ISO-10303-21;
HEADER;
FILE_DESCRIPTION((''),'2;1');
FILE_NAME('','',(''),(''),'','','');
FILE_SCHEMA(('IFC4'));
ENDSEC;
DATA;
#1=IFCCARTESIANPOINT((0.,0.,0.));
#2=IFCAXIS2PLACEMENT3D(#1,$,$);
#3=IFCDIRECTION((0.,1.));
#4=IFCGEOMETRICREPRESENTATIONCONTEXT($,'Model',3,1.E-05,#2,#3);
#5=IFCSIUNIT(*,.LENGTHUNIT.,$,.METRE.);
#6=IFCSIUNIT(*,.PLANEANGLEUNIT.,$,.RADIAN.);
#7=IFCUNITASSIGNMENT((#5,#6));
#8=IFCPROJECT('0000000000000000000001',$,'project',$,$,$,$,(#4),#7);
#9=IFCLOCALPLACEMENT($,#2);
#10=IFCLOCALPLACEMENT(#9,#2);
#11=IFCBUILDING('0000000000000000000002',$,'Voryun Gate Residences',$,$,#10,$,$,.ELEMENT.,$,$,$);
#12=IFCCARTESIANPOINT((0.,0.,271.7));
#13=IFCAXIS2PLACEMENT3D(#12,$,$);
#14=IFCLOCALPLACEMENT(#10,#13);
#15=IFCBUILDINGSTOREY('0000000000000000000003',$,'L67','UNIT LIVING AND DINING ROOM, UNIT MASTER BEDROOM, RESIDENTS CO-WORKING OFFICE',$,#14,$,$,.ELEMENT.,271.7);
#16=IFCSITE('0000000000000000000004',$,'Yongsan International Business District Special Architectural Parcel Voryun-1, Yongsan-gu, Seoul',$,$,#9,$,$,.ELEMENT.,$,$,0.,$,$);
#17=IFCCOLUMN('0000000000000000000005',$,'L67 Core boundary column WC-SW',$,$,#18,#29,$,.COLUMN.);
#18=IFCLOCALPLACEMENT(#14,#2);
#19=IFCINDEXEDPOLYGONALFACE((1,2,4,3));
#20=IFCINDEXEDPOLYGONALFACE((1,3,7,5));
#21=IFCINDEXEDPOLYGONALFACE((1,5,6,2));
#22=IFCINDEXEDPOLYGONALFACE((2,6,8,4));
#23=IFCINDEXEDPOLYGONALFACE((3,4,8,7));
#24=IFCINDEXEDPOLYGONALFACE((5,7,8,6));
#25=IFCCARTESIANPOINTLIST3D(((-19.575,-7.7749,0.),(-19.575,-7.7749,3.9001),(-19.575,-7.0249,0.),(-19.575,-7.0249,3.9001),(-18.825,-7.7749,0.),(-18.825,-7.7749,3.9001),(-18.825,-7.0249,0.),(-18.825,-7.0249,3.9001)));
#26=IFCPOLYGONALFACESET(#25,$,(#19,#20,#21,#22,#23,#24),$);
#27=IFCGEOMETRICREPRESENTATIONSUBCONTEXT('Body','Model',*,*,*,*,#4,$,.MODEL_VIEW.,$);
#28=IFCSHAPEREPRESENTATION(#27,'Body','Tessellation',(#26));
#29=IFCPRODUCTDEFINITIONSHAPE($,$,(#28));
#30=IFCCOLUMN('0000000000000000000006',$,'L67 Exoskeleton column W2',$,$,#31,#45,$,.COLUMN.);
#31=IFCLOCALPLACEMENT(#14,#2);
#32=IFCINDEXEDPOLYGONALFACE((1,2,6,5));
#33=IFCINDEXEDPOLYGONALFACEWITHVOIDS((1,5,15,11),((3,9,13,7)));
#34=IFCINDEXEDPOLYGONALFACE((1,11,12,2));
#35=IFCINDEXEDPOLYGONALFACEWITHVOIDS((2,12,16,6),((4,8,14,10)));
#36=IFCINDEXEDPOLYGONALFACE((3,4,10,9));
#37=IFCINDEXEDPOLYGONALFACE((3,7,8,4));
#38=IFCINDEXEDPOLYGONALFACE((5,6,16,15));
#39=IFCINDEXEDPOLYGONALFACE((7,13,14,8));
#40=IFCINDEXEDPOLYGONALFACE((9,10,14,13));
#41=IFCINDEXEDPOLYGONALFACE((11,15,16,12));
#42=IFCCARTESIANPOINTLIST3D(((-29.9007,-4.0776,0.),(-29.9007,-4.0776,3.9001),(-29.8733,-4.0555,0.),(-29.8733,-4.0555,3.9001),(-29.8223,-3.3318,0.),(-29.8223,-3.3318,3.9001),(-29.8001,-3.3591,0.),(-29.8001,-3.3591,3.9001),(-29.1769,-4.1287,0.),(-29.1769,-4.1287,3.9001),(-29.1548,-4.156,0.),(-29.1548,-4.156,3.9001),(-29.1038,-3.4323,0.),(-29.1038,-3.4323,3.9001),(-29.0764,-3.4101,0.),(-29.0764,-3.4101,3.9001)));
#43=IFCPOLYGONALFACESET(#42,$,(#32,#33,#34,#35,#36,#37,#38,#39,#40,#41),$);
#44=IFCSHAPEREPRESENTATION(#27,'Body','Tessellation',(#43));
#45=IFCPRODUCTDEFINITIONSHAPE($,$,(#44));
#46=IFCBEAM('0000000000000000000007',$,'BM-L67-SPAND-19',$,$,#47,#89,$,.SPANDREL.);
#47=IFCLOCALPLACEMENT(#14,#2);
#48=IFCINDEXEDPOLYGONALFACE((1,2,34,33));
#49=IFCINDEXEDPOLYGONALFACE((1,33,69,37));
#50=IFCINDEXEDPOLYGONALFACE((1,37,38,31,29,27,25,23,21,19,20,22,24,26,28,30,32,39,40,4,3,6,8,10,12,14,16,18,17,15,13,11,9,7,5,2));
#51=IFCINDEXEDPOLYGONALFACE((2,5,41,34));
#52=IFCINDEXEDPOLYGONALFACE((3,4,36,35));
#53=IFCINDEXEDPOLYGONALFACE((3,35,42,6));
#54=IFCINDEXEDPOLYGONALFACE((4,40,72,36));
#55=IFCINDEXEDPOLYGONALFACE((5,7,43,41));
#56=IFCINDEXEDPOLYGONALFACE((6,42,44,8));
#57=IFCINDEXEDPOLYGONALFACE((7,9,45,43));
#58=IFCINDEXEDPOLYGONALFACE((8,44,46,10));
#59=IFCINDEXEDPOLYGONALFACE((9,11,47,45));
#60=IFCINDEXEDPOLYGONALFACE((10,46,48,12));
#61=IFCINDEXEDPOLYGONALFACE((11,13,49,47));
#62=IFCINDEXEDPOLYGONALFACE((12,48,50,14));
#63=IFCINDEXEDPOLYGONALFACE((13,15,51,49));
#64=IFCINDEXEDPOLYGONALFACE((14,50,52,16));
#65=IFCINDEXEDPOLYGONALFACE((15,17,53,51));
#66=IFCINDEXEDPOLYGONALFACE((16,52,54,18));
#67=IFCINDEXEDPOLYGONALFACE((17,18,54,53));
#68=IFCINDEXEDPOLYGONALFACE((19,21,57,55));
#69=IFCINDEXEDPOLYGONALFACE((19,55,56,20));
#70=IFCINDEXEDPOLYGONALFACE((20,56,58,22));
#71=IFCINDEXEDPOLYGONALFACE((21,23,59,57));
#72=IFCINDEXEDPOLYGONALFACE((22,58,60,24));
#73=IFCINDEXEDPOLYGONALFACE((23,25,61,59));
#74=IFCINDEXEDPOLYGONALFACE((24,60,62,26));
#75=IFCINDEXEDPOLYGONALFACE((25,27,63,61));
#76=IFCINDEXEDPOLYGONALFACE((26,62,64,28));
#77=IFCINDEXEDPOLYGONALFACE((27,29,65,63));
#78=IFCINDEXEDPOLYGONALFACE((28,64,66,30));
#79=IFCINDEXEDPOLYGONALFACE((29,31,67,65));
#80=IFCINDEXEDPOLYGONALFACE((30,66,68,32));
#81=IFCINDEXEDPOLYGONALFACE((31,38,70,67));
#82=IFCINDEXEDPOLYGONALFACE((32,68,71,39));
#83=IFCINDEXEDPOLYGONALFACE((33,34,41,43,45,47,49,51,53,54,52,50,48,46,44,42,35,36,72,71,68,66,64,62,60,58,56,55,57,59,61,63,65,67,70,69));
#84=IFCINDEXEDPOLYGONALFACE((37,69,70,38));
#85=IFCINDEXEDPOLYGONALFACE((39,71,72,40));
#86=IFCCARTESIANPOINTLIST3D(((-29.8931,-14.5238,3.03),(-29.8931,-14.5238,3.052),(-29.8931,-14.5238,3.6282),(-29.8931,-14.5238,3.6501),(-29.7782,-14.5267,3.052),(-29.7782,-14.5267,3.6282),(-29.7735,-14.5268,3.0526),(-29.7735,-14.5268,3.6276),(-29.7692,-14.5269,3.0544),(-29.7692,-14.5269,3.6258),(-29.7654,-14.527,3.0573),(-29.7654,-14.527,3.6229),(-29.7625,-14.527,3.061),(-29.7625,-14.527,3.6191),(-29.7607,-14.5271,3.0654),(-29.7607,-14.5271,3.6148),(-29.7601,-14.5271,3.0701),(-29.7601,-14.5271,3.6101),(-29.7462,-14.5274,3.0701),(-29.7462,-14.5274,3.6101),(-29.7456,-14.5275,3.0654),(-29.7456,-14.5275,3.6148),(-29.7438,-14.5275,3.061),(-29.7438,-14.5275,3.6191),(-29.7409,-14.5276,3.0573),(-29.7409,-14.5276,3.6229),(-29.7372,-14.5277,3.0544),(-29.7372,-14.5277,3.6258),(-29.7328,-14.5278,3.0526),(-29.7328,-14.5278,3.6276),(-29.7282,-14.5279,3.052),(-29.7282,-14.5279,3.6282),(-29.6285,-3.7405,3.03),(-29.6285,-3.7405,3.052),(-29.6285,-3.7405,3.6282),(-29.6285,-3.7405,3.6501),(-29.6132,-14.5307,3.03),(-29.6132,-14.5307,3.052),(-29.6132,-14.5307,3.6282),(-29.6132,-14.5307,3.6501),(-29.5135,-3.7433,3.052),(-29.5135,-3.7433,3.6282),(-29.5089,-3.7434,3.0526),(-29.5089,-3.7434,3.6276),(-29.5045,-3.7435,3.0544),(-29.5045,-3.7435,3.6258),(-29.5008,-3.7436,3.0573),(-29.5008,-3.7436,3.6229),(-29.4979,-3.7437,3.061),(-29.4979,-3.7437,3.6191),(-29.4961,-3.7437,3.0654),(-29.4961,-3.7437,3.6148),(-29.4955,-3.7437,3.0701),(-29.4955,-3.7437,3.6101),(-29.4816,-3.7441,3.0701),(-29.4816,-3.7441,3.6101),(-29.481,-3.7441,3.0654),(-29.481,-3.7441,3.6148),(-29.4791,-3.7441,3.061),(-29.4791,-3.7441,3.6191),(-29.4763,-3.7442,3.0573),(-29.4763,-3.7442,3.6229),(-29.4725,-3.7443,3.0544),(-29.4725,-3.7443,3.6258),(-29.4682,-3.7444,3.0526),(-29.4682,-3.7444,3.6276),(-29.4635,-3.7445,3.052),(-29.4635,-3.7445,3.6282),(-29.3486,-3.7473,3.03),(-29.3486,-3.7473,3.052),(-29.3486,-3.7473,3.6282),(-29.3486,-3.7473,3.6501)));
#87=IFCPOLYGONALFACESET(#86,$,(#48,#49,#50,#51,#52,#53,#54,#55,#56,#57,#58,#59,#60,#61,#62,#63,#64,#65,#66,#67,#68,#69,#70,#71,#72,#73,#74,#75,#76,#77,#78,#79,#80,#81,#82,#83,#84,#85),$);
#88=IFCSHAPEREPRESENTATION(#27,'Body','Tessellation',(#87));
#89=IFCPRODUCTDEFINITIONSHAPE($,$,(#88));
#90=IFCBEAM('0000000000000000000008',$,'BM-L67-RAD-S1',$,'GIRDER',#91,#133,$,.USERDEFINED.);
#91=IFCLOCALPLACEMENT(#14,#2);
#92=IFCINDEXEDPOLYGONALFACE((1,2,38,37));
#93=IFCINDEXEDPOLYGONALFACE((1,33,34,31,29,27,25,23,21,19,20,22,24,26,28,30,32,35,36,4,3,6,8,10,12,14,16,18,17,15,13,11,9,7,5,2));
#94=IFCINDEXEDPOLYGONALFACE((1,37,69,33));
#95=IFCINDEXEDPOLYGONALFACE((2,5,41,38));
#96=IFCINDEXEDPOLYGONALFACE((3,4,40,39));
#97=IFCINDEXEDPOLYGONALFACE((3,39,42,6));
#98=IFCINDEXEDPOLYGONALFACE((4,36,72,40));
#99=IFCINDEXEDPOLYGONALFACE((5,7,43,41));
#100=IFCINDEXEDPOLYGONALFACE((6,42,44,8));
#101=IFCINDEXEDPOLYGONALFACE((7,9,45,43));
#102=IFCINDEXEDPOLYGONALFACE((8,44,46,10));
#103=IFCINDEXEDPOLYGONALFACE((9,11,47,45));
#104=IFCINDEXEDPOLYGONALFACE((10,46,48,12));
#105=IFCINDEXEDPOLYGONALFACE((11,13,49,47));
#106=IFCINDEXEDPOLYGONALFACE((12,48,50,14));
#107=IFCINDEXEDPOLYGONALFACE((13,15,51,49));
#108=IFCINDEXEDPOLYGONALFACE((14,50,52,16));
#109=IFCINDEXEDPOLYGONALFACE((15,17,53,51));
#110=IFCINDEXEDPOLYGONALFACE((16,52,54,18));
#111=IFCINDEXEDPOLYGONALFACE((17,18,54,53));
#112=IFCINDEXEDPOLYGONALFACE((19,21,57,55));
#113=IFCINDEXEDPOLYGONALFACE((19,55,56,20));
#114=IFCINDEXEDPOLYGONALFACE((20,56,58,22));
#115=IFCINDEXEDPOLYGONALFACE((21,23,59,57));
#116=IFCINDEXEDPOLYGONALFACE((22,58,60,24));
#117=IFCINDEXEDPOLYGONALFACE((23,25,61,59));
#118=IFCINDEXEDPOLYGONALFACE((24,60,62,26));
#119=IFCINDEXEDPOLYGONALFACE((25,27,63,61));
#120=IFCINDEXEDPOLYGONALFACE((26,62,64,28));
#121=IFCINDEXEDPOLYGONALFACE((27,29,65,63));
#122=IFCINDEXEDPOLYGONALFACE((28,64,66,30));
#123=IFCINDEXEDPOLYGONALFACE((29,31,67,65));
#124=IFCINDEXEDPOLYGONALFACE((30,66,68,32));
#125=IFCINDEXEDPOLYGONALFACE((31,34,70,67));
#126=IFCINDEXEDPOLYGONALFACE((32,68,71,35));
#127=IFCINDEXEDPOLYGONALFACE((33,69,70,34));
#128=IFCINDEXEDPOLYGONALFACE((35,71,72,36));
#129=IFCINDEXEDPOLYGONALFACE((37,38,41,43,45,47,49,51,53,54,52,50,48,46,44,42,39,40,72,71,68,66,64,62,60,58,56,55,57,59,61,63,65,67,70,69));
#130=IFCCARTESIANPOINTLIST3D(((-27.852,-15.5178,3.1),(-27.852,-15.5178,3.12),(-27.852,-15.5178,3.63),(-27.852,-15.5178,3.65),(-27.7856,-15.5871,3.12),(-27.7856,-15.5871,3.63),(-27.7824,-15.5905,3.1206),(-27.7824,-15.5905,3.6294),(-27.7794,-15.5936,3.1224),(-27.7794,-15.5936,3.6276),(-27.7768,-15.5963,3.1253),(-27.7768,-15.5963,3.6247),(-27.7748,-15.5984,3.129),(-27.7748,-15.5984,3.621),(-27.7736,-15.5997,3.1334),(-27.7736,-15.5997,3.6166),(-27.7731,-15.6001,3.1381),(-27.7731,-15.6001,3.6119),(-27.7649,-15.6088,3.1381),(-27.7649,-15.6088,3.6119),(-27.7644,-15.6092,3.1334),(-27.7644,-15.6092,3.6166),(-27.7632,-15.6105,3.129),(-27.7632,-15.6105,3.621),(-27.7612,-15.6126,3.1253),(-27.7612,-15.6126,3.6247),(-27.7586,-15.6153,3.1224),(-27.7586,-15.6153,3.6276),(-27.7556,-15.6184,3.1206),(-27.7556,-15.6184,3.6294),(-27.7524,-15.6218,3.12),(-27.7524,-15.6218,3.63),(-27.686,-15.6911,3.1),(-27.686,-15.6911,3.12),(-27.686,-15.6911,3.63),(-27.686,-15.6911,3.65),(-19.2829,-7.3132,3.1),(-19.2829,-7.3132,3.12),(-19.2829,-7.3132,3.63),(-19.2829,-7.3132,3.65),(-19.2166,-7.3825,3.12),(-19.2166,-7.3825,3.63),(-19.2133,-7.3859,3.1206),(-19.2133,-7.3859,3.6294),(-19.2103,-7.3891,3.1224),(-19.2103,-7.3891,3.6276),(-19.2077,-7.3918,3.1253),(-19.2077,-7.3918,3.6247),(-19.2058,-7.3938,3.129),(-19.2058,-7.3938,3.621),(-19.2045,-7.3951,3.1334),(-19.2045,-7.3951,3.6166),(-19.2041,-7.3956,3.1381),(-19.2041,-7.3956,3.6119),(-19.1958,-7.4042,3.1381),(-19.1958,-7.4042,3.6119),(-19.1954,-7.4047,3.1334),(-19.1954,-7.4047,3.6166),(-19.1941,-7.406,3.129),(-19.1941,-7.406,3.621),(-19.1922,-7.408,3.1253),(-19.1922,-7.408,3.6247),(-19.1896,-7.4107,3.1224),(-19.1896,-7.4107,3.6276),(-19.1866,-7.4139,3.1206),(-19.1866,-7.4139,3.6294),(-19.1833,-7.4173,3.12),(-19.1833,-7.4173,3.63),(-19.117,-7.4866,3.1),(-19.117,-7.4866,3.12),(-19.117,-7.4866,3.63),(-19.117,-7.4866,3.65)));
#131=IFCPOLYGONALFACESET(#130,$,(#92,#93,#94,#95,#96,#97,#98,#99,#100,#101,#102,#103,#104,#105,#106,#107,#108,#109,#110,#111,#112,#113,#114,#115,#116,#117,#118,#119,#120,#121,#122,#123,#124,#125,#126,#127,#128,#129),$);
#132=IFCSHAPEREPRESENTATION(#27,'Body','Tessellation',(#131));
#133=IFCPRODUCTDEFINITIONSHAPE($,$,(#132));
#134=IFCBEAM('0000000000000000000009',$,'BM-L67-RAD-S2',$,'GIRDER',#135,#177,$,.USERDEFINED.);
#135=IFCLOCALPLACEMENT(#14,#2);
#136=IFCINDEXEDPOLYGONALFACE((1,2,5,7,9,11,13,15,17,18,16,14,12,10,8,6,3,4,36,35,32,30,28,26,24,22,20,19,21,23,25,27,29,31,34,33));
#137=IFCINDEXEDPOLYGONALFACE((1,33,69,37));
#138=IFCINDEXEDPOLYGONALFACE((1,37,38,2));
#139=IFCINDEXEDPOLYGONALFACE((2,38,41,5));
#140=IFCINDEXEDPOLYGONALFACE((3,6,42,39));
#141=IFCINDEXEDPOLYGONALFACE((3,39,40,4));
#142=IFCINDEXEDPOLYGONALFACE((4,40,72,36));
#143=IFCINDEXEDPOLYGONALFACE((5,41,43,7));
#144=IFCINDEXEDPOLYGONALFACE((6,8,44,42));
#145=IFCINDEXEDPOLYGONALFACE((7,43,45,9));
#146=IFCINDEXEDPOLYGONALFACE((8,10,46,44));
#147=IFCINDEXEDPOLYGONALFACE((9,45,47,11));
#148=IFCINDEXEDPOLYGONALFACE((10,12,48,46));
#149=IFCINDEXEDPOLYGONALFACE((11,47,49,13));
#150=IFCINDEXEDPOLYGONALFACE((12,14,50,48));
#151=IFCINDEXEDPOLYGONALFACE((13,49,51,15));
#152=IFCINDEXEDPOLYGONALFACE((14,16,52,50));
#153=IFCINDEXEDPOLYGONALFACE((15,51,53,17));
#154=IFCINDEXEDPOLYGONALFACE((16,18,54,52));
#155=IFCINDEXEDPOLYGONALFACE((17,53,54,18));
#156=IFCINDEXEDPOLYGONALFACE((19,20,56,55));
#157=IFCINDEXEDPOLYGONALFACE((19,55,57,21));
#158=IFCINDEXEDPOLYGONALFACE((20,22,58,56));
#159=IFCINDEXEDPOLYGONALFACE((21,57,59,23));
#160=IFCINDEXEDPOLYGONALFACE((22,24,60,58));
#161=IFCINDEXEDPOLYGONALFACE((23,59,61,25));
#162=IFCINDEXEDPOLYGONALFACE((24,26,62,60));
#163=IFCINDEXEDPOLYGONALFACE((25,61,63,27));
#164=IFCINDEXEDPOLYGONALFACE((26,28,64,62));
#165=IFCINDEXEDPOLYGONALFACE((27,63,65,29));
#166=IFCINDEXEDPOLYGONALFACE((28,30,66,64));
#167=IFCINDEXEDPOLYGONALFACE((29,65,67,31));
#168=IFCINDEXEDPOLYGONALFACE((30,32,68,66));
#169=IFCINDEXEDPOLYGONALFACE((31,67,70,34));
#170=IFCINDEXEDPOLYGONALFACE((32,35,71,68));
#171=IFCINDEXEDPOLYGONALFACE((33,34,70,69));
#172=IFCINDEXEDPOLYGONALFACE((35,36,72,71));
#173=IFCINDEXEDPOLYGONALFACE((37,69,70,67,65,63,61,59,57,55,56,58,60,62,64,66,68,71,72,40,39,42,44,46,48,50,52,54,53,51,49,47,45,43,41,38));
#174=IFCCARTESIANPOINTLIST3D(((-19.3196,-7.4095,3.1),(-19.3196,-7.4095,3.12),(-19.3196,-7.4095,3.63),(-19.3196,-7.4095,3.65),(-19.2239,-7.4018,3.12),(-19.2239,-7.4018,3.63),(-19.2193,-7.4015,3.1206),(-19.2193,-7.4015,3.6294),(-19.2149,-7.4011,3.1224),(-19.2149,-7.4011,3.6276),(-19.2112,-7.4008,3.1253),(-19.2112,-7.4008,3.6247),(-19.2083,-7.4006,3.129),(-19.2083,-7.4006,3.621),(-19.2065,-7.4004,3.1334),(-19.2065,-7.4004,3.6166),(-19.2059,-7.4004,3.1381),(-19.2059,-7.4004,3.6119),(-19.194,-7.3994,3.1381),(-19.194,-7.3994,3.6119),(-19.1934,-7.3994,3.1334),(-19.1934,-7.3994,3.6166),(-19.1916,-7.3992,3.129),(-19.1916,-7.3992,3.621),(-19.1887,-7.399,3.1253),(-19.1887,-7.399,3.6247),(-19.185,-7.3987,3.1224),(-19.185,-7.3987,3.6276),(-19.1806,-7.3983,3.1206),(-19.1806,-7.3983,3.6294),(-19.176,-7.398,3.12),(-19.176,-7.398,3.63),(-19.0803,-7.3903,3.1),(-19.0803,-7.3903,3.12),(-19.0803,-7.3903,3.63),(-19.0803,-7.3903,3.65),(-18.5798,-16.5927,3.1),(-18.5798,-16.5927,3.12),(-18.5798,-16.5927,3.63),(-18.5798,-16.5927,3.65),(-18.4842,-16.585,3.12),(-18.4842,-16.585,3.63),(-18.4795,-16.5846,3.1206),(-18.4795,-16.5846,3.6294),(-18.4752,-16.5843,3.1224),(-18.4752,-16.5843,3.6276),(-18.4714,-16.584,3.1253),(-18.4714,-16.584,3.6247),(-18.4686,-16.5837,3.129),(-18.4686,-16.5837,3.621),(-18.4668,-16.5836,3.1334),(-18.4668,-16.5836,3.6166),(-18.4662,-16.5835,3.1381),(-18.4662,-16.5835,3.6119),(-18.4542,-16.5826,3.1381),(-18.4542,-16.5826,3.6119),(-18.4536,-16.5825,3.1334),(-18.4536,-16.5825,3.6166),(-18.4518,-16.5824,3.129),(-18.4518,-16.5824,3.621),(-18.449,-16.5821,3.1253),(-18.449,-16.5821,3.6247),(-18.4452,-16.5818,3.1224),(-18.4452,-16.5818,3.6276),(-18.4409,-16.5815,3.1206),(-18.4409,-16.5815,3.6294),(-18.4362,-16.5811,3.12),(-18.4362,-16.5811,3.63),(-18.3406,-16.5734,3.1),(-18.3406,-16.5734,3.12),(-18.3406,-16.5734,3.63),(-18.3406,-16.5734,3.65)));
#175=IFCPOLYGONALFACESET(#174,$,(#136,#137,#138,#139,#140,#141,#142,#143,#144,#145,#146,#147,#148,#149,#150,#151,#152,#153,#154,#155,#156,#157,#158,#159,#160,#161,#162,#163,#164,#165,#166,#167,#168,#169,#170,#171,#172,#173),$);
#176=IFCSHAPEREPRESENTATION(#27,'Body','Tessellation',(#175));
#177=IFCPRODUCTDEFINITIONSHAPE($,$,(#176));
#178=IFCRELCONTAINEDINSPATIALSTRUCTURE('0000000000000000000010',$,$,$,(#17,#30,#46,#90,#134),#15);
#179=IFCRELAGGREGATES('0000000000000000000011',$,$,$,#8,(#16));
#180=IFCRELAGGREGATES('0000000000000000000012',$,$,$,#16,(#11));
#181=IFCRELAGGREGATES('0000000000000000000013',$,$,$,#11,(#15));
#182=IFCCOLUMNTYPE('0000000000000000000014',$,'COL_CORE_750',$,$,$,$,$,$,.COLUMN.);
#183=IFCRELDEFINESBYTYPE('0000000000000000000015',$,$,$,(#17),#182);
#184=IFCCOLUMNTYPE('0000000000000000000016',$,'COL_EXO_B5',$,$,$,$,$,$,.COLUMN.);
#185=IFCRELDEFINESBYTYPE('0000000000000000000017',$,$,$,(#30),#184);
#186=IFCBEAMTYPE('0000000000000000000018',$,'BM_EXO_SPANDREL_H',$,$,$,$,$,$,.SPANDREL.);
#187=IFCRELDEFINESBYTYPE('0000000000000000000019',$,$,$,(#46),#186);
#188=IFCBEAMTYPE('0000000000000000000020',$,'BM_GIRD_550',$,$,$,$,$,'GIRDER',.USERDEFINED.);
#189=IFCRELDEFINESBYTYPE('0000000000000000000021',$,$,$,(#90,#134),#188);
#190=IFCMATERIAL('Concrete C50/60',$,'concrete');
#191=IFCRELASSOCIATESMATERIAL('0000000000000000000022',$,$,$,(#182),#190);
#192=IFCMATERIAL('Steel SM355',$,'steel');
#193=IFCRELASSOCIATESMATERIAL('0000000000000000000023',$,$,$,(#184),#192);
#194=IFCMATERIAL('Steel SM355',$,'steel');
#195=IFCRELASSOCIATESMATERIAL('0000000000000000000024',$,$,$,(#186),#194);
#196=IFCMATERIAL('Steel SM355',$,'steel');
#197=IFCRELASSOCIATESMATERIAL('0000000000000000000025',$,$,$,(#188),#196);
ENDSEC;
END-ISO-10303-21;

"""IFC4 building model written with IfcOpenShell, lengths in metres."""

from ifc_helpers import new_model, si_unit, direction, frame, origin, origin_2d, place, context, subcontext, project, spatial, rectangle, hollow_rectangle, i_section, extrude, material, material_profile, profile_set, type_object, element, save


model = new_model("IFC4")

# Units and contexts
model_context = context("Model", 3, precision=1e-05, world=origin(), true_north=direction((0.0, 1.0)))
body_context = subcontext(model_context, "Body", "Model", "MODEL_VIEW")
ifc_project = project(units=[si_unit("LENGTHUNIT", "METRE"), si_unit("PLANEANGLEUNIT", "RADIAN")], contexts=[model_context])

# Site, building, storey
site_placement = place(None, origin())
site = spatial("IfcSite", under=ifc_project, at=site_placement, Name="Yongsan International Business District Special Architectural Parcel Voryun-1, Yongsan-gu, Seoul", CompositionType="ELEMENT", RefElevation=0.0)
building_placement = place(site_placement, origin())
building = spatial("IfcBuilding", under=site, at=building_placement, Name="Voryun Gate Residences", CompositionType="ELEMENT")
storey_placement = place(building_placement, frame((0.0, 0.0, 271.7)))
storey = spatial("IfcBuildingStorey", under=building, at=storey_placement, Name="L67", Description="UNIT LIVING AND DINING ROOM, UNIT MASTER BEDROOM, RESIDENTS CO-WORKING OFFICE", CompositionType="ELEMENT", Elevation=271.7)

# Columns
ifc_material_1 = material(Name="Concrete C50/60", Category="concrete")
ifc_material_profile_1 = material_profile(ifc_material_1, rectangle(XDim=0.75, YDim=0.75, at=origin_2d()), Name="RC-750x750")
ifc_profile_set_1 = profile_set([ifc_material_profile_1], Name="Concrete C50/60")
column_type_1 = type_object("IfcColumnType", Name="COL_CORE_750", PredefinedType="COLUMN", material=ifc_profile_set_1)
column_1_placement = place(storey_placement, frame((-19.2, -7.3999, 0.0), z_axis=(0.0, 0.0, 1.0), x_axis=(1.0, 0.0, 0.0)))
element("IfcColumn", 1, at=column_1_placement, inside=storey, type_object=column_type_1, Name="L67 Core boundary column WC-SW", PredefinedType="COLUMN", context=body_context, shape_type="SweptSolid", body=[
    extrude(rectangle(XDim=0.75, YDim=0.75, at=origin_2d()), origin(), (0.0, 0.0, 1.0), 3.9001),
])
ifc_material_2 = material(Name="Steel SM355", Category="steel")
ifc_material_profile_2 = material_profile(ifc_material_2, hollow_rectangle(XDim=0.75, YDim=0.75, WallThickness=0.0249, at=origin_2d()), Name="BOX-750x750x25")
ifc_profile_set_2 = profile_set([ifc_material_profile_2], Name="Steel SM355")
column_type_2 = type_object("IfcColumnType", Name="COL_EXO_B5", PredefinedType="COLUMN", material=ifc_profile_set_2)
column_2_placement = place(storey_placement, frame((-29.4885, -3.7439, 0.0), z_axis=(0.0, 0.0, 1.0), x_axis=(0.994522, -0.104528, 0.0)))
element("IfcColumn", 2, at=column_2_placement, inside=storey, type_object=column_type_2, Name="L67 Exoskeleton column W2", PredefinedType="COLUMN", context=body_context, shape_type="SweptSolid", body=[
    extrude(hollow_rectangle(XDim=0.75, YDim=0.75, WallThickness=0.0249, at=origin_2d()), origin(), (0.0, 0.0, 1.0), 3.9001),
])

# Beams
ifc_material_3 = material(Name="Steel SM355", Category="steel")
ifc_material_profile_3 = material_profile(ifc_material_3, i_section(OverallWidth=0.28, OverallDepth=0.6201, WebThickness=0.0139, FlangeThickness=0.022, FilletRadius=0.0181, at=origin_2d()), Name="H-620x280x14x22")
ifc_profile_set_3 = profile_set([ifc_material_profile_3], Name="Steel SM355")
beam_type_1 = type_object("IfcBeamType", Name="BM_EXO_SPANDREL_H", PredefinedType="SPANDREL", material=ifc_profile_set_3)
beam_1_placement = place(storey_placement, frame((-29.4885, -3.7439, 3.3401), z_axis=(-0.024535, -0.999699, 0.0), x_axis=(0.999699, -0.024535, 0.0)))
element("IfcBeam", 3, at=beam_1_placement, inside=storey, type_object=beam_type_1, Name="BM-L67-SPAND-19", PredefinedType="SPANDREL", context=body_context, shape_type="SweptSolid", body=[
    extrude(i_section(OverallWidth=0.28, OverallDepth=0.6201, WebThickness=0.0139, FlangeThickness=0.022, FilletRadius=0.0181, at=origin_2d()), origin(), (0.0, 0.0, 1.0), 10.7866),
])
ifc_material_4 = material(Name="Steel SM355", Category="steel")
ifc_material_profile_4 = material_profile(ifc_material_4, i_section(OverallWidth=0.24, OverallDepth=0.55, WebThickness=0.012, FlangeThickness=0.02, FilletRadius=0.0181, at=origin_2d()), Name="H-550x240x12x20")
ifc_profile_set_4 = profile_set([ifc_material_profile_4], Name="Steel SM355")
beam_type_2 = type_object("IfcBeamType", Name="BM_GIRD_550", ElementType="GIRDER", PredefinedType="USERDEFINED", material=ifc_profile_set_4)
beam_2_placement = place(storey_placement, frame((-19.2, -7.3999, 3.375), z_axis=(-0.722302, -0.691578, 0.0), x_axis=(0.691578, -0.722302, 0.0)))
element("IfcBeam", 4, at=beam_2_placement, inside=storey, type_object=beam_type_2, Name="BM-L67-RAD-S1", ObjectType="GIRDER", PredefinedType="USERDEFINED", context=body_context, shape_type="SweptSolid", body=[
    extrude(i_section(OverallWidth=0.24, OverallDepth=0.55, WebThickness=0.012, FlangeThickness=0.02, FilletRadius=0.0181, at=origin_2d()), origin(), (0.0, 0.0, 1.0), 11.8635),
])
beam_3_placement = place(storey_placement, frame((-19.2, -7.3999, 3.375), z_axis=(0.080295, -0.996771, 0.0), x_axis=(0.996771, 0.080295, 0.0)))
element("IfcBeam", 5, at=beam_3_placement, inside=storey, type_object=beam_type_2, Name="BM-L67-RAD-S2", ObjectType="GIRDER", PredefinedType="USERDEFINED", context=body_context, shape_type="SweptSolid", body=[
    extrude(i_section(OverallWidth=0.24, OverallDepth=0.55, WebThickness=0.012, FlangeThickness=0.02, FilletRadius=0.0181, at=origin_2d()), origin(), (0.0, 0.0, 1.0), 9.2129),
])

save(model, "model.ifc")
